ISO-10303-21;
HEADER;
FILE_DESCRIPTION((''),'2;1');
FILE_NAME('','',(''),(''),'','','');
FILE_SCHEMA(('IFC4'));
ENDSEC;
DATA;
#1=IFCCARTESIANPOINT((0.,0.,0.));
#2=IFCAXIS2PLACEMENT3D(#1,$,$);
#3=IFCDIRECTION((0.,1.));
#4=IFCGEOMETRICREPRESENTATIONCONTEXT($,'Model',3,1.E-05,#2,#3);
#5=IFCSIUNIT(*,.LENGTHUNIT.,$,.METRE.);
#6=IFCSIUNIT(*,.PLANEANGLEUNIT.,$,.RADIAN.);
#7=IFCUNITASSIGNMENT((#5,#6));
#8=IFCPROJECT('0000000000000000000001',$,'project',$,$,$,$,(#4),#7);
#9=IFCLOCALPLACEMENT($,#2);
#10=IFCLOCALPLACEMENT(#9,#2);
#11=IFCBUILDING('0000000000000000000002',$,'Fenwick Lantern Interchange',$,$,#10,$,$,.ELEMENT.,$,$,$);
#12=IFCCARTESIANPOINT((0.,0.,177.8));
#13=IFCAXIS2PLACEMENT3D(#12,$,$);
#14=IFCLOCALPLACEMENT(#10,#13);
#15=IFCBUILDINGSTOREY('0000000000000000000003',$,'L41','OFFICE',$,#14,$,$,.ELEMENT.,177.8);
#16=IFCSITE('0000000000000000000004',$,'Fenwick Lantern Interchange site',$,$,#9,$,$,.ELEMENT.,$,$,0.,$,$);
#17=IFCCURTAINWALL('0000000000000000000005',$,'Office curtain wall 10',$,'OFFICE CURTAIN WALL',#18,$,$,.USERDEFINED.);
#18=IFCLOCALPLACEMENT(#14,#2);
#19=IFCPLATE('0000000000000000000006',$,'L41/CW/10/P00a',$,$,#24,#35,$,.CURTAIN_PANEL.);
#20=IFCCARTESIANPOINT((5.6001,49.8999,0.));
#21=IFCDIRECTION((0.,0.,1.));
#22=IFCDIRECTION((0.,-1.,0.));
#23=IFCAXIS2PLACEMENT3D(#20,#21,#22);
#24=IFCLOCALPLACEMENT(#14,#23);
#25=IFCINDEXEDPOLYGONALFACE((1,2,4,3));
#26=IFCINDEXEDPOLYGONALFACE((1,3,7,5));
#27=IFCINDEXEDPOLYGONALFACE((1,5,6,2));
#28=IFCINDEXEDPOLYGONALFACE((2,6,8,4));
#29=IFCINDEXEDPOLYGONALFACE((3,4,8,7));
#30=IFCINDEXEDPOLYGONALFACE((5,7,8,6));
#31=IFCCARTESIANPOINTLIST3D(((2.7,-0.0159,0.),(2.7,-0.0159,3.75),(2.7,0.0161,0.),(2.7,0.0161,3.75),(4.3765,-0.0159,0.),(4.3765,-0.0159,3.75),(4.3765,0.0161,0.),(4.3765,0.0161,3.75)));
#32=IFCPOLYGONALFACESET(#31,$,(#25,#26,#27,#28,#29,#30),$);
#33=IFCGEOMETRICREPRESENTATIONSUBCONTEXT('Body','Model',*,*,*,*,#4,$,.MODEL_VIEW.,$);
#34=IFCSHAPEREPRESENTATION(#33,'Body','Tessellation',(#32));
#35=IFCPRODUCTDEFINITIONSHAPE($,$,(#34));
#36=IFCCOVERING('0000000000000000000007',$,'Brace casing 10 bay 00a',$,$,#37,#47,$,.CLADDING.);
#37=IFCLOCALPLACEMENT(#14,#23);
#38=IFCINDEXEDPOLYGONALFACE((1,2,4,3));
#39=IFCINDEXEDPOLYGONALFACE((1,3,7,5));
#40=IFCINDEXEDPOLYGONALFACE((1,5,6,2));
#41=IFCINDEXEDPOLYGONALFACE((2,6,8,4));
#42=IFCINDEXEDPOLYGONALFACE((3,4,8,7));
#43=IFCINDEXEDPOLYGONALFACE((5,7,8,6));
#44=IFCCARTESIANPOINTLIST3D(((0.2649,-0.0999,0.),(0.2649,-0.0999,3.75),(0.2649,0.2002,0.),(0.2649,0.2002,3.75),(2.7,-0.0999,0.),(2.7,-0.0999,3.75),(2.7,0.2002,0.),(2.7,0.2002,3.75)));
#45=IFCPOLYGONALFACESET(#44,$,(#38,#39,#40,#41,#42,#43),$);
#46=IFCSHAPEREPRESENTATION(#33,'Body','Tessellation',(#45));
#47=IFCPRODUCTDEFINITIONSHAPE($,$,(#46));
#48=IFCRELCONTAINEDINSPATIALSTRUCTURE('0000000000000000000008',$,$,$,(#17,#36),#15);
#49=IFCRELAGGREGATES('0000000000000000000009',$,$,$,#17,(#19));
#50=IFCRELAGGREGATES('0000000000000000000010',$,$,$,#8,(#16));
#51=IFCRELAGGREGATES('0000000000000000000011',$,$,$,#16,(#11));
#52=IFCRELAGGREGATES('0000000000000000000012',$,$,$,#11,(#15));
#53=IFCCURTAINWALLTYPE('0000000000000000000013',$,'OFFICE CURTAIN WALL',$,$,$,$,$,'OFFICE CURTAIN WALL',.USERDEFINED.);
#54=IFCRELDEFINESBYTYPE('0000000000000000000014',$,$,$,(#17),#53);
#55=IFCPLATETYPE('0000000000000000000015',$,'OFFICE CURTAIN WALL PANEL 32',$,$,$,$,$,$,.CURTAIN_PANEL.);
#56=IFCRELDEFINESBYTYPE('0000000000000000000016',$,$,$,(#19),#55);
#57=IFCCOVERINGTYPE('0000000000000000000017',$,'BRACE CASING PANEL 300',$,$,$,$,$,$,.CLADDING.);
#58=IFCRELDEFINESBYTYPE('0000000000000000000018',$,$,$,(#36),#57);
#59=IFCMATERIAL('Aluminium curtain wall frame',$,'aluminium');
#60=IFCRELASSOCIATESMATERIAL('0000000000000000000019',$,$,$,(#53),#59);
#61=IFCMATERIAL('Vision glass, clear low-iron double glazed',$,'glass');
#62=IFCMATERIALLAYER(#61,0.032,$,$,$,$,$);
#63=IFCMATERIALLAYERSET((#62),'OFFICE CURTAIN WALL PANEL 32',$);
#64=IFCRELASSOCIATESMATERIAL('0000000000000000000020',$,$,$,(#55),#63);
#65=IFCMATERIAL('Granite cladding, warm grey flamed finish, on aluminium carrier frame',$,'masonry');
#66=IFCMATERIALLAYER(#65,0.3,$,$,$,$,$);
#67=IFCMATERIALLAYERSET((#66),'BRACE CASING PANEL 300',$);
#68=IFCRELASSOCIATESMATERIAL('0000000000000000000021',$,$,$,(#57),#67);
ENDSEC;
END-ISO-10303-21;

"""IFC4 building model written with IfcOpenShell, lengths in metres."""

from ifc_helpers import new_model, si_unit, direction, frame, origin, place, context, subcontext, project, spatial, polyline, outline, extrude, material, layer, layer_set, type_object, element, aggregate, save


model = new_model("IFC4")

# Units and contexts
model_context = context("Model", 3, precision=1e-05, world=origin(), true_north=direction((0.0, 1.0)))
body_context = subcontext(model_context, "Body", "Model", "MODEL_VIEW")
ifc_project = project(units=[si_unit("LENGTHUNIT", "METRE"), si_unit("PLANEANGLEUNIT", "RADIAN")], contexts=[model_context])

# Site, building, storey
site_placement = place(None, origin())
site = spatial("IfcSite", under=ifc_project, at=site_placement, Name="Fenwick Lantern Interchange site", CompositionType="ELEMENT", RefElevation=0.0)
building_placement = place(site_placement, origin())
building = spatial("IfcBuilding", under=site, at=building_placement, Name="Fenwick Lantern Interchange", CompositionType="ELEMENT")
storey_placement = place(building_placement, frame((0.0, 0.0, 177.8)))
storey = spatial("IfcBuildingStorey", under=building, at=storey_placement, Name="L41", Description="OFFICE", CompositionType="ELEMENT", Elevation=177.8)

# Curtain wall
ifc_material_1 = material(Name="Aluminium curtain wall frame", Category="aluminium")
curtain_wall_type = type_object("IfcCurtainWallType", Name="OFFICE CURTAIN WALL", ElementType="OFFICE CURTAIN WALL", PredefinedType="USERDEFINED", material=ifc_material_1)
curtain_wall_1_placement = place(storey_placement, origin())
curtain_wall_1 = element("IfcCurtainWall", 1, at=curtain_wall_1_placement, inside=storey, type_object=curtain_wall_type, Name="Office curtain wall 10", ObjectType="OFFICE CURTAIN WALL", PredefinedType="USERDEFINED")

# Plate
ifc_material_2 = material(Name="Vision glass, clear low-iron double glazed", Category="glass")
ifc_layer_1 = layer(ifc_material_2, 0.032)
ifc_layer_set_1 = layer_set([ifc_layer_1], Name="OFFICE CURTAIN WALL PANEL 32")
plate_type = type_object("IfcPlateType", Name="OFFICE CURTAIN WALL PANEL 32", PredefinedType="CURTAIN_PANEL", material=ifc_layer_set_1)
plate_1_placement = place(storey_placement, frame((5.6001, 49.8999, 0.0), z_axis=(0.0, 0.0, 1.0), x_axis=(0.0, -1.0, 0.0)))
plate_1 = element("IfcPlate", 2, at=plate_1_placement, type_object=plate_type, Name="L41/CW/10/P00a", PredefinedType="CURTAIN_PANEL", context=body_context, shape_type="SweptSolid", body=[
    extrude(outline(polyline([(2.7, 0.0), (4.3765, 0.0), (4.3765, 3.75), (2.7, 3.75), (2.7, 0.0)])), frame((0.0, 0.0161, 0.0), z_axis=(0.0, -1.0, 0.0), x_axis=(1.0, 0.0, 0.0)), (0.0, 0.0, 1.0), 0.032),
])
aggregate(curtain_wall_1, [plate_1])

# Covering
ifc_material_3 = material(Name="Granite cladding, warm grey flamed finish, on aluminium carrier frame", Category="masonry")
ifc_layer_2 = layer(ifc_material_3, 0.3)
ifc_layer_set_2 = layer_set([ifc_layer_2], Name="BRACE CASING PANEL 300")
covering_type = type_object("IfcCoveringType", Name="BRACE CASING PANEL 300", PredefinedType="CLADDING", material=ifc_layer_set_2)
covering_placement = place(storey_placement, frame((5.6001, 49.8999, 0.0), z_axis=(0.0, 0.0, 1.0), x_axis=(0.0, -1.0, 0.0)))
element("IfcCovering", 3, at=covering_placement, inside=storey, type_object=covering_type, Name="Brace casing 10 bay 00a", PredefinedType="CLADDING", context=body_context, shape_type="SweptSolid", body=[
    extrude(outline(polyline([(0.2649, 0.0), (2.7, 0.0), (2.7, 3.75), (0.2649, 3.75), (0.2649, 0.0)])), frame((0.0, 0.2002, 0.0), z_axis=(0.0, -1.0, 0.0), x_axis=(1.0, 0.0, 0.0)), (0.0, 0.0, 1.0), 0.3),
])

save(model, "model.ifc")
